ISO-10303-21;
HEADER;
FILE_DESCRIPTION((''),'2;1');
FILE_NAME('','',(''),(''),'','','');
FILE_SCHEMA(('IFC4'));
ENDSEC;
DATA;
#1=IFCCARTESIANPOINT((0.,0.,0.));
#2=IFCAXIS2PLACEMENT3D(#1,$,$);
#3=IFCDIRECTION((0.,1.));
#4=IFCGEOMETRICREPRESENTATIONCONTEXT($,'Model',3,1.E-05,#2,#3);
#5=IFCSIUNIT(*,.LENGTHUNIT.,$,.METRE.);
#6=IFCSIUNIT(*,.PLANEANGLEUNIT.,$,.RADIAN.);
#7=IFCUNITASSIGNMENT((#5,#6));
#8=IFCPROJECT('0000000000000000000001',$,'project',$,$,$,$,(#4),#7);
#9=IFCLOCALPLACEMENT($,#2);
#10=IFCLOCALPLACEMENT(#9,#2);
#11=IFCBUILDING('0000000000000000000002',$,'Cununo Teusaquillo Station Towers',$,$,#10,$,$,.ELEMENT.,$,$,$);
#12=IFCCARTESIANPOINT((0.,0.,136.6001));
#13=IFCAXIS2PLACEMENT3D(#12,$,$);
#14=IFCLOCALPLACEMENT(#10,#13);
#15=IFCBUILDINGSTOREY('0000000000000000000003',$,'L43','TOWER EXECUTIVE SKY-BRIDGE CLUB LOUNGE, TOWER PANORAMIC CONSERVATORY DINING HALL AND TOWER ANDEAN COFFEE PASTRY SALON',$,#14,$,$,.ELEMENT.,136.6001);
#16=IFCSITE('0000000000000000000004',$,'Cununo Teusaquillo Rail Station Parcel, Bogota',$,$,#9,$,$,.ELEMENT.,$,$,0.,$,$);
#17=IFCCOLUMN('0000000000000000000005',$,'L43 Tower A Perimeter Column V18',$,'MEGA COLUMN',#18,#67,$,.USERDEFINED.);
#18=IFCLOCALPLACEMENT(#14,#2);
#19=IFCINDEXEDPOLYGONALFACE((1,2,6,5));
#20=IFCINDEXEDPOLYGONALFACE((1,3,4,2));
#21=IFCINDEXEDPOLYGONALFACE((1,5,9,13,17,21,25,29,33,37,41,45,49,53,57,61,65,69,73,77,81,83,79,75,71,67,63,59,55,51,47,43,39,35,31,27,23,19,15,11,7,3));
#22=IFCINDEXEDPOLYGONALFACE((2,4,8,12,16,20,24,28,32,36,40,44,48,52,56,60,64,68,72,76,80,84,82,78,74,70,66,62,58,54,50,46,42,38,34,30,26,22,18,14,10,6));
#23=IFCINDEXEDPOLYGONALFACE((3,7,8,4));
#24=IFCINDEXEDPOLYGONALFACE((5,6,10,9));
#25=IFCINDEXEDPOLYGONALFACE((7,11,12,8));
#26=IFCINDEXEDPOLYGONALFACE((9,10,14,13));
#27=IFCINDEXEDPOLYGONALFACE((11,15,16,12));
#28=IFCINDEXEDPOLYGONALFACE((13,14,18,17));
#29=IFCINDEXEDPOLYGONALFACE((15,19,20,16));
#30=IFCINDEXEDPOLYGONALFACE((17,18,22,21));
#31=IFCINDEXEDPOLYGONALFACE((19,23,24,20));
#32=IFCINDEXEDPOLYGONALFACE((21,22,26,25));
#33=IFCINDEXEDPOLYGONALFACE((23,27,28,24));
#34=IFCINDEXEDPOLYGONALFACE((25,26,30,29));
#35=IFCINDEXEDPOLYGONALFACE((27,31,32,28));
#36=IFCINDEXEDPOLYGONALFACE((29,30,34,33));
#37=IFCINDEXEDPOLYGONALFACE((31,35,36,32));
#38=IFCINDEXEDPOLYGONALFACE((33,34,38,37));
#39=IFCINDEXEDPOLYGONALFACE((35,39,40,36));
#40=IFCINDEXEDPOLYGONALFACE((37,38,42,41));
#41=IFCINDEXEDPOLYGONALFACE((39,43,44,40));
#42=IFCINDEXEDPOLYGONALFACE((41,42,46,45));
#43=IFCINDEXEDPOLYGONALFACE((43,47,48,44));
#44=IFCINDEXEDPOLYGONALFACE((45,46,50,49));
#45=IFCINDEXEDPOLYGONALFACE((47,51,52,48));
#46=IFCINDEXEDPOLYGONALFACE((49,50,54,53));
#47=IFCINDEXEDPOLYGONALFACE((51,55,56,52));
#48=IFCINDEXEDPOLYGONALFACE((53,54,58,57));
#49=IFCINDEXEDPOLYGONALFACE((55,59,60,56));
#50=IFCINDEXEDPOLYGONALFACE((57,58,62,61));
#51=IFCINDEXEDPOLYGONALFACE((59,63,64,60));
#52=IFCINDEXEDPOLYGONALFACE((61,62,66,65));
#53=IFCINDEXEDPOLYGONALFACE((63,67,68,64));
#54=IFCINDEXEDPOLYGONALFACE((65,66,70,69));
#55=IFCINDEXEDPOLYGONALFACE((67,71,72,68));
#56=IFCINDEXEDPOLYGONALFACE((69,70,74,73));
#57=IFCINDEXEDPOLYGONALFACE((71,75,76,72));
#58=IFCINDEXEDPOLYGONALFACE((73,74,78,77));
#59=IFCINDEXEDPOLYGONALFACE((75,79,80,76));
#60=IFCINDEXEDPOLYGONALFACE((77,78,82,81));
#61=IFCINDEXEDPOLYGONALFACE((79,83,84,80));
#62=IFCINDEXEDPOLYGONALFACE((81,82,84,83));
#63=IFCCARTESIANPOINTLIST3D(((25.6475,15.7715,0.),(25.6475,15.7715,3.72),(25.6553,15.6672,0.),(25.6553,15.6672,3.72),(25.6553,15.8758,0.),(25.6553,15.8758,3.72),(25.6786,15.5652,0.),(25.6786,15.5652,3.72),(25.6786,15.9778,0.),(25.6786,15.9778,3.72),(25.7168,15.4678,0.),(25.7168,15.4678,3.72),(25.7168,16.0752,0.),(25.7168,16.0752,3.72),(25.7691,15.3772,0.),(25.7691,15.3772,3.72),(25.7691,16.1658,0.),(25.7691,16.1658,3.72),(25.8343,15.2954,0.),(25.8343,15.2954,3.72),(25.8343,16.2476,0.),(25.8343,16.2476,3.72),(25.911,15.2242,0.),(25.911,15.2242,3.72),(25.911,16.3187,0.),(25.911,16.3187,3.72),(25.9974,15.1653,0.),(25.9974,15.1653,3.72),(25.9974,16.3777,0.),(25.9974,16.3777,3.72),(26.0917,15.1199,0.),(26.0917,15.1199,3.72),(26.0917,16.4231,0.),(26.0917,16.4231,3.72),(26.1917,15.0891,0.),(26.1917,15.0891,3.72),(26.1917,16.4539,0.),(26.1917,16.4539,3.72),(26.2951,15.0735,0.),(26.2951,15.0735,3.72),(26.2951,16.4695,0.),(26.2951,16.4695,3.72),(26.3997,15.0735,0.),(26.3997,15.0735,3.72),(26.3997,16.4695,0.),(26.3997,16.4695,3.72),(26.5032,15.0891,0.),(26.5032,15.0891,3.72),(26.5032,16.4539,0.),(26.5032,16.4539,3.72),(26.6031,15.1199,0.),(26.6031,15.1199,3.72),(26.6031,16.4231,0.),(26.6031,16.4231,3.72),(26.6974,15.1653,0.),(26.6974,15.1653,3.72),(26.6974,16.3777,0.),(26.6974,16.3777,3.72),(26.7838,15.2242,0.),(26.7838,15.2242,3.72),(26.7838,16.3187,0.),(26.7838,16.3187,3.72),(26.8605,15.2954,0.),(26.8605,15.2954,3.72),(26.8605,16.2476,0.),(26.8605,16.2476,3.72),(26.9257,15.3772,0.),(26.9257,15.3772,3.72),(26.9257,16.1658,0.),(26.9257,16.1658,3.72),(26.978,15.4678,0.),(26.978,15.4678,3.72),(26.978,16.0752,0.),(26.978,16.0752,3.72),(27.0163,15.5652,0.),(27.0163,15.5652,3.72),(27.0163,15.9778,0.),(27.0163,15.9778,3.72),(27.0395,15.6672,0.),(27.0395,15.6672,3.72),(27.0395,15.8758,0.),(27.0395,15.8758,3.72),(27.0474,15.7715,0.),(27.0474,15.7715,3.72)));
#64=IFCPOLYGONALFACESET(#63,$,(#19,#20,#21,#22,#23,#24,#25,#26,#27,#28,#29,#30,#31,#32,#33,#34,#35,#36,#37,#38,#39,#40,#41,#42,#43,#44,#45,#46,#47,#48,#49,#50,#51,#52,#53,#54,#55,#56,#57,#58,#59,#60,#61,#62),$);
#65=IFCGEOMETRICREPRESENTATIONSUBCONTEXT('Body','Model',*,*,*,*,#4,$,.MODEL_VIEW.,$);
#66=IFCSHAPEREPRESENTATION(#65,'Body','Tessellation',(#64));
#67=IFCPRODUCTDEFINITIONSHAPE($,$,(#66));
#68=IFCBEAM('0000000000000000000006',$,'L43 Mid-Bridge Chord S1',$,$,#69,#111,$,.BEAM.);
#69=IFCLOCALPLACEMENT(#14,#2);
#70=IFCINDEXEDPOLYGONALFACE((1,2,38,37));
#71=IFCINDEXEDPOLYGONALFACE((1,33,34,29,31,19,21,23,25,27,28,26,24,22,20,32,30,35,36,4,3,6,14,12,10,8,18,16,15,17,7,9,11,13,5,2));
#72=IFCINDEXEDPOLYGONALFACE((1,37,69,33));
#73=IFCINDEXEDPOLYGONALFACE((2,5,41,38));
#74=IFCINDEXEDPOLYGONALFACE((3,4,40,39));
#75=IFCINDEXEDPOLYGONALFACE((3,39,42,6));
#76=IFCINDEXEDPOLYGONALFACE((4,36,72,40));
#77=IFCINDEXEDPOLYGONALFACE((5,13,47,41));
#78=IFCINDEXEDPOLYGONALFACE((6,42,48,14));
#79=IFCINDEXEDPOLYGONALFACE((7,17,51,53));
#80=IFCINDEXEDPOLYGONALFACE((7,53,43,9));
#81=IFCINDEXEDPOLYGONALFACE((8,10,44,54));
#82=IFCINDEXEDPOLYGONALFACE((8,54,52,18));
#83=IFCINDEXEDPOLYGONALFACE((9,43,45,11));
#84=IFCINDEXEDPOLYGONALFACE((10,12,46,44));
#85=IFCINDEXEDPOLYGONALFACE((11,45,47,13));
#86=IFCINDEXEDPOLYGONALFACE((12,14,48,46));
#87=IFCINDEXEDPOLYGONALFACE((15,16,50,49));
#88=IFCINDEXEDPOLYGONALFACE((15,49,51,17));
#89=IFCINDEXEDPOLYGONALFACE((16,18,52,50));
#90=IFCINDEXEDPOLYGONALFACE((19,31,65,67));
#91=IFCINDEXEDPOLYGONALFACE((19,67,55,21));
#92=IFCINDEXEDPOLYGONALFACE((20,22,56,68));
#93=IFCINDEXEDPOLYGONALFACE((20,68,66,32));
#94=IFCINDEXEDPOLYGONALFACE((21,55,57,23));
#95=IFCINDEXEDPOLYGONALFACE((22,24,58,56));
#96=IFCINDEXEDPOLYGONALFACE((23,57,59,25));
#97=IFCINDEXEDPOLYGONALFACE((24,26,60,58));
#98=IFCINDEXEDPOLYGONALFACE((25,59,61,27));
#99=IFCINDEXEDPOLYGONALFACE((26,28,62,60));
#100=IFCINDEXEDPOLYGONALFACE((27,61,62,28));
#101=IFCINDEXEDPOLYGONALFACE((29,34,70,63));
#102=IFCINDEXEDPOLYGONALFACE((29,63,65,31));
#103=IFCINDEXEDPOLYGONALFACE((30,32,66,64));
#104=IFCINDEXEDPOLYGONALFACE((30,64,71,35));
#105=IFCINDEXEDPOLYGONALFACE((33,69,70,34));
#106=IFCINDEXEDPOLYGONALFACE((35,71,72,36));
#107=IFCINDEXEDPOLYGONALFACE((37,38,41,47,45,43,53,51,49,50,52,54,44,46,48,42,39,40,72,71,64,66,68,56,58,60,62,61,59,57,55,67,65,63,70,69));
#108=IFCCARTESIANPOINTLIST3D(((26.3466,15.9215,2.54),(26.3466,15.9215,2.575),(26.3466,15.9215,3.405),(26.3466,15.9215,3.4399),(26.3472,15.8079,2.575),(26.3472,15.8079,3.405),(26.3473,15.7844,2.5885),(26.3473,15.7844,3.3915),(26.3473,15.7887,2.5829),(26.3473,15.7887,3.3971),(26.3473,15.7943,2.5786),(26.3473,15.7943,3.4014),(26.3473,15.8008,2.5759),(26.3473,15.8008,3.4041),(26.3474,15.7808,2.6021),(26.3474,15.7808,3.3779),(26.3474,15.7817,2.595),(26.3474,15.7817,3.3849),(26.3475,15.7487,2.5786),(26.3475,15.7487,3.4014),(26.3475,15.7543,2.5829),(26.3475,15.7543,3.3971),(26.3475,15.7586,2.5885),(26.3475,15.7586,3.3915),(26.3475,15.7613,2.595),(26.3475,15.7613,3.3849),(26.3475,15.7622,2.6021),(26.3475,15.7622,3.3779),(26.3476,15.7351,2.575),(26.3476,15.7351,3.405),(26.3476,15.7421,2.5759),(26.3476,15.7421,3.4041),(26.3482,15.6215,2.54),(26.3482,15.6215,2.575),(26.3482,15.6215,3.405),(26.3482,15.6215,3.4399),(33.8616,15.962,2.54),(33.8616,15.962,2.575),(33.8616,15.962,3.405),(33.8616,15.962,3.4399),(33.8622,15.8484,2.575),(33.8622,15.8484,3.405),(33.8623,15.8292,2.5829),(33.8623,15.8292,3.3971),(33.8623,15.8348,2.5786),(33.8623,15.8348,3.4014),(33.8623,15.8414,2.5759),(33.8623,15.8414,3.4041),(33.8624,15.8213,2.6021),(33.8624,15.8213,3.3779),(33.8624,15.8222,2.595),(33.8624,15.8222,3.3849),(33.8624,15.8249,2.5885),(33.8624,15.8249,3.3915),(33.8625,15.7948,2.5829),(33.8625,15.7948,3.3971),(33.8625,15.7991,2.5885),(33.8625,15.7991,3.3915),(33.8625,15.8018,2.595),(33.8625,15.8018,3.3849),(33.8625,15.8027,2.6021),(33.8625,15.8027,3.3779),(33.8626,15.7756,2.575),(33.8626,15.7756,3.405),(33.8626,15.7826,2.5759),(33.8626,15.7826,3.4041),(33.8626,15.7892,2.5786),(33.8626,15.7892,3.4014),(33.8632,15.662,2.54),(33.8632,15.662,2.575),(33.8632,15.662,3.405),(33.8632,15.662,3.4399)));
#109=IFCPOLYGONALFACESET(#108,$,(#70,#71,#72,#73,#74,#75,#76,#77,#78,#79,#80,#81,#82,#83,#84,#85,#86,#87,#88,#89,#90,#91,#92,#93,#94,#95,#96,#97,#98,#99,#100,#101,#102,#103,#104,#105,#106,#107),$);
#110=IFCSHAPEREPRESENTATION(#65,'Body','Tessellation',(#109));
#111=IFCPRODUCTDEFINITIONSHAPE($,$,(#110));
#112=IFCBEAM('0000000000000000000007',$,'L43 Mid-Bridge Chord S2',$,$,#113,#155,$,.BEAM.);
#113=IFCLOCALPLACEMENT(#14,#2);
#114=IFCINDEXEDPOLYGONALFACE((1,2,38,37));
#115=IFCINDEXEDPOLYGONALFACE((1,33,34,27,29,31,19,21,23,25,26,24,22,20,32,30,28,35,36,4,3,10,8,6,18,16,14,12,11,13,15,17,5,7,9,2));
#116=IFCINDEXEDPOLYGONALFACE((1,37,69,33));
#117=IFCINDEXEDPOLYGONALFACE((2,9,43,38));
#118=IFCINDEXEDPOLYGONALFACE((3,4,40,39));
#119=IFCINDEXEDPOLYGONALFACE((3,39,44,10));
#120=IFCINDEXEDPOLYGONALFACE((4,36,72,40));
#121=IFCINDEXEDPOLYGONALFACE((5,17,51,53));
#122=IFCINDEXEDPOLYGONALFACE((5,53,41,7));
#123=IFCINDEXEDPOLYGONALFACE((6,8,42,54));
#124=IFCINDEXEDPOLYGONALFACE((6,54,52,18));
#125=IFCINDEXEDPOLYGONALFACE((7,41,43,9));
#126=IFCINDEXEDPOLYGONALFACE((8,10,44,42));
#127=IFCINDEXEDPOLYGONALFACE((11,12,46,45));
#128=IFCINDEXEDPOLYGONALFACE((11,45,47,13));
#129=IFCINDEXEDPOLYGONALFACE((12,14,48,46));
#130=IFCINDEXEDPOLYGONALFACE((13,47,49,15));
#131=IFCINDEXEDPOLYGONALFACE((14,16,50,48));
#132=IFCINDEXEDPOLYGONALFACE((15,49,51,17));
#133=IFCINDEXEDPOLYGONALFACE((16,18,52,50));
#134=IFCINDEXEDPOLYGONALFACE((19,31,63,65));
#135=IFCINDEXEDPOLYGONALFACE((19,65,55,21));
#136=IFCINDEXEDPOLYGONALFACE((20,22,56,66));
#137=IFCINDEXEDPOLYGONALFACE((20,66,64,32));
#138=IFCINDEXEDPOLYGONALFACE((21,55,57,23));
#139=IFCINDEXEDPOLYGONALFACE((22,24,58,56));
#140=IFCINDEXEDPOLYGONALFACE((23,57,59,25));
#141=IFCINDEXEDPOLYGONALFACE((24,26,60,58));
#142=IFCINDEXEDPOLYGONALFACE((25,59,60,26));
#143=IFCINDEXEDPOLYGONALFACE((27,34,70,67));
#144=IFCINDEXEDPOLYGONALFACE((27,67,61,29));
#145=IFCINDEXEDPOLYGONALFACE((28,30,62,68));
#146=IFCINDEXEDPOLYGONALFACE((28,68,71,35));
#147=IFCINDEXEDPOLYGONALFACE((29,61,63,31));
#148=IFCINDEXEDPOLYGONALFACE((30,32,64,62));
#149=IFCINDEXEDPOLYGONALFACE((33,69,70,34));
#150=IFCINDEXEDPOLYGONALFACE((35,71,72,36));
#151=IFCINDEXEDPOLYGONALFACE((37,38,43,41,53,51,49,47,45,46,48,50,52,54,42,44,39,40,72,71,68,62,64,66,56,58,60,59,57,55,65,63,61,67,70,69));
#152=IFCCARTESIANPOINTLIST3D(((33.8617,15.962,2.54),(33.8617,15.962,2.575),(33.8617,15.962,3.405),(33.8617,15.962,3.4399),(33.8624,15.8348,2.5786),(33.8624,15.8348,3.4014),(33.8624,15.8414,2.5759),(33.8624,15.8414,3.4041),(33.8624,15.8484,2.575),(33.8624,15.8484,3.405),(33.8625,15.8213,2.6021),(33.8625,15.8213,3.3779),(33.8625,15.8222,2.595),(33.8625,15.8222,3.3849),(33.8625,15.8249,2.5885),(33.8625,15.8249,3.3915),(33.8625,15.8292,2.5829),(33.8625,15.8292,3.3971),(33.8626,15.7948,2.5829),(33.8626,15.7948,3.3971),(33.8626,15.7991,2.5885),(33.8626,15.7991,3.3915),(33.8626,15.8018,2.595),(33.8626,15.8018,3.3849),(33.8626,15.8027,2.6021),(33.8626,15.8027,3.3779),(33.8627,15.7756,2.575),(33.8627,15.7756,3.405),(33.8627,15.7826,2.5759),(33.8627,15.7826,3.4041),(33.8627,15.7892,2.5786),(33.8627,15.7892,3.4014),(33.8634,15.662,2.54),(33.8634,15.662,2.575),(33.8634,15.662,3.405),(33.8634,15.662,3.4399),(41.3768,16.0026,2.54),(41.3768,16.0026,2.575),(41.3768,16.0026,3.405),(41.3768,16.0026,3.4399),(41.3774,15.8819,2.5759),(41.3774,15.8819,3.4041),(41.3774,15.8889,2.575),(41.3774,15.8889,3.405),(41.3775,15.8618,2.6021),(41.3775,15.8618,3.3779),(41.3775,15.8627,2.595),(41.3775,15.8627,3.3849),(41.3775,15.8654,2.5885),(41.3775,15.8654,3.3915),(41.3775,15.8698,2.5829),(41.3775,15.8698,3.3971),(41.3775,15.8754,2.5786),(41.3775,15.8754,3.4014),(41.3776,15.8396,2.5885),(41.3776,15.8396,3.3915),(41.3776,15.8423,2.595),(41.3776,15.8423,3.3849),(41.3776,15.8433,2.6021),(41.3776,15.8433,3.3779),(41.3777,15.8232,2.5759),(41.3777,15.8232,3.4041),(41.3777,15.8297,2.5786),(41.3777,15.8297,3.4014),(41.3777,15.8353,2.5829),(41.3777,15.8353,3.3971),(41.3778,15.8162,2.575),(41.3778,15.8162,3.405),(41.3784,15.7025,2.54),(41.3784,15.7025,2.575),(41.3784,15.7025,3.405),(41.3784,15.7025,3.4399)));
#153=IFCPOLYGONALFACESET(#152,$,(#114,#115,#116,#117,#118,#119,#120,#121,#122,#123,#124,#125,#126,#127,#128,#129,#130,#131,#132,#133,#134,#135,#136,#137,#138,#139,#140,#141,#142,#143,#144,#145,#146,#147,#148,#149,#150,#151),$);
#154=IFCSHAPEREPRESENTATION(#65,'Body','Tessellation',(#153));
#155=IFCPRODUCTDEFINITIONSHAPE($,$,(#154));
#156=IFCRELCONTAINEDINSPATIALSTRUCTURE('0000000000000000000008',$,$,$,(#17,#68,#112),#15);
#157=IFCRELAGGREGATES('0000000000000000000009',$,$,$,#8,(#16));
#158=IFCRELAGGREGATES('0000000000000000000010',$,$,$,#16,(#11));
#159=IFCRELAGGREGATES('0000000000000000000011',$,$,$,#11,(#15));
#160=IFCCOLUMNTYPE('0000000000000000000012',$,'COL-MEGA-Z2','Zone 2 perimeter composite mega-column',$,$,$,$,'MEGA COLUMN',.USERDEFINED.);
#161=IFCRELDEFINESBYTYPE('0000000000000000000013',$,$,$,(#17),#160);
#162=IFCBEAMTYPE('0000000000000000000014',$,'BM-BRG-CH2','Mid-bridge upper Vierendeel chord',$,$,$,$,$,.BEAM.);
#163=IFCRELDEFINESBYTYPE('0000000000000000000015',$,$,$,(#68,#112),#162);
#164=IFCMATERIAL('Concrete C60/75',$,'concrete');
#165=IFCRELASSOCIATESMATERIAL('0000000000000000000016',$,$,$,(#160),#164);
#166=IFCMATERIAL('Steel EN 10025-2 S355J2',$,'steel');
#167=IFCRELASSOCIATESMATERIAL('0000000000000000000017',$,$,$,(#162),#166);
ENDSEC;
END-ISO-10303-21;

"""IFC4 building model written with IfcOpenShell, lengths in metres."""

from ifc_helpers import new_model, si_unit, direction, frame, origin, origin_2d, place, context, subcontext, project, spatial, circle, i_section, extrude, material, material_profile, profile_set, type_object, element, save


model = new_model("IFC4")

# Units and contexts
model_context = context("Model", 3, precision=1e-05, world=origin(), true_north=direction((0.0, 1.0)))
body_context = subcontext(model_context, "Body", "Model", "MODEL_VIEW")
ifc_project = project(units=[si_unit("LENGTHUNIT", "METRE"), si_unit("PLANEANGLEUNIT", "RADIAN")], contexts=[model_context])

# Site, building, storey
site_placement = place(None, origin())
site = spatial("IfcSite", under=ifc_project, at=site_placement, Name="Cununo Teusaquillo Rail Station Parcel, Bogota", CompositionType="ELEMENT", RefElevation=0.0)
building_placement = place(site_placement, origin())
building = spatial("IfcBuilding", under=site, at=building_placement, Name="Cununo Teusaquillo Station Towers", CompositionType="ELEMENT")
storey_placement = place(building_placement, frame((0.0, 0.0, 136.6001)))
storey = spatial("IfcBuildingStorey", under=building, at=storey_placement, Name="L43", Description="TOWER EXECUTIVE SKY-BRIDGE CLUB LOUNGE, TOWER PANORAMIC CONSERVATORY DINING HALL AND TOWER ANDEAN COFFEE PASTRY SALON", CompositionType="ELEMENT", Elevation=136.6001)

# Column
ifc_material_1 = material(Name="Concrete C60/75", Category="concrete")
ifc_material_profile_1 = material_profile(ifc_material_1, circle(Radius=0.7, at=origin_2d()), Name="RC-CIRC-1400")
ifc_profile_set_1 = profile_set([ifc_material_profile_1], Name="Concrete C60/75")
column_type_1 = type_object("IfcColumnType", Name="COL-MEGA-Z2", Description="Zone 2 perimeter composite mega-column", ElementType="MEGA COLUMN", PredefinedType="USERDEFINED", material=ifc_profile_set_1)
for number, where, z_axis, x_axis, name in (
    (1, (26.3474, 15.7715, 0.0), (0.0, 0.0, 1.0), (1.0, 0.0, 0.0), "L43 Tower A Perimeter Column V18"),
):
    element("IfcColumn", number, at=place(storey_placement, frame(where, z_axis=z_axis, x_axis=x_axis)), inside=storey, type_object=column_type_1, Name=name, ObjectType="MEGA COLUMN", PredefinedType="USERDEFINED", context=body_context, shape_type="SweptSolid", body=[
        extrude(circle(Radius=0.7, at=origin_2d()), origin(), (0.0, 0.0, 1.0), 3.72),
    ])

# Beams
ifc_material_2 = material(Name="Steel EN 10025-2 S355J2", Category="steel")
ifc_material_profile_2 = material_profile(ifc_material_2, i_section(OverallWidth=0.3, OverallDepth=0.8999, WebThickness=0.0186, FlangeThickness=0.0349, FilletRadius=0.0271, at=origin_2d()), Name="HEB 900")
ifc_profile_set_2 = profile_set([ifc_material_profile_2], Name="Steel EN 10025-2 S355J2")
beam_type_1 = type_object("IfcBeamType", Name="BM-BRG-CH2", Description="Mid-bridge upper Vierendeel chord", PredefinedType="BEAM", material=ifc_profile_set_2)
for number, where, z_axis, x_axis, name in (
    (2, (26.3474, 15.7715, 2.99), (0.999985, 0.005393, 0.0), (-0.005393, 0.999985, 0.0), "L43 Mid-Bridge Chord S1"),
    (3, (33.8625, 15.812, 2.99), (0.999985, 0.005393, 0.0), (-0.005393, 0.999985, 0.0), "L43 Mid-Bridge Chord S2"),
):
    element("IfcBeam", number, at=place(storey_placement, frame(where, z_axis=z_axis, x_axis=x_axis)), inside=storey, type_object=beam_type_1, Name=name, PredefinedType="BEAM", context=body_context, shape_type="SweptSolid", body=[
        extrude(i_section(OverallWidth=0.3, OverallDepth=0.8999, WebThickness=0.0186, FlangeThickness=0.0349, FilletRadius=0.0271, at=origin_2d()), origin(), (0.0, 0.0, 1.0), 7.5151),
    ])

save(model, "model.ifc")
